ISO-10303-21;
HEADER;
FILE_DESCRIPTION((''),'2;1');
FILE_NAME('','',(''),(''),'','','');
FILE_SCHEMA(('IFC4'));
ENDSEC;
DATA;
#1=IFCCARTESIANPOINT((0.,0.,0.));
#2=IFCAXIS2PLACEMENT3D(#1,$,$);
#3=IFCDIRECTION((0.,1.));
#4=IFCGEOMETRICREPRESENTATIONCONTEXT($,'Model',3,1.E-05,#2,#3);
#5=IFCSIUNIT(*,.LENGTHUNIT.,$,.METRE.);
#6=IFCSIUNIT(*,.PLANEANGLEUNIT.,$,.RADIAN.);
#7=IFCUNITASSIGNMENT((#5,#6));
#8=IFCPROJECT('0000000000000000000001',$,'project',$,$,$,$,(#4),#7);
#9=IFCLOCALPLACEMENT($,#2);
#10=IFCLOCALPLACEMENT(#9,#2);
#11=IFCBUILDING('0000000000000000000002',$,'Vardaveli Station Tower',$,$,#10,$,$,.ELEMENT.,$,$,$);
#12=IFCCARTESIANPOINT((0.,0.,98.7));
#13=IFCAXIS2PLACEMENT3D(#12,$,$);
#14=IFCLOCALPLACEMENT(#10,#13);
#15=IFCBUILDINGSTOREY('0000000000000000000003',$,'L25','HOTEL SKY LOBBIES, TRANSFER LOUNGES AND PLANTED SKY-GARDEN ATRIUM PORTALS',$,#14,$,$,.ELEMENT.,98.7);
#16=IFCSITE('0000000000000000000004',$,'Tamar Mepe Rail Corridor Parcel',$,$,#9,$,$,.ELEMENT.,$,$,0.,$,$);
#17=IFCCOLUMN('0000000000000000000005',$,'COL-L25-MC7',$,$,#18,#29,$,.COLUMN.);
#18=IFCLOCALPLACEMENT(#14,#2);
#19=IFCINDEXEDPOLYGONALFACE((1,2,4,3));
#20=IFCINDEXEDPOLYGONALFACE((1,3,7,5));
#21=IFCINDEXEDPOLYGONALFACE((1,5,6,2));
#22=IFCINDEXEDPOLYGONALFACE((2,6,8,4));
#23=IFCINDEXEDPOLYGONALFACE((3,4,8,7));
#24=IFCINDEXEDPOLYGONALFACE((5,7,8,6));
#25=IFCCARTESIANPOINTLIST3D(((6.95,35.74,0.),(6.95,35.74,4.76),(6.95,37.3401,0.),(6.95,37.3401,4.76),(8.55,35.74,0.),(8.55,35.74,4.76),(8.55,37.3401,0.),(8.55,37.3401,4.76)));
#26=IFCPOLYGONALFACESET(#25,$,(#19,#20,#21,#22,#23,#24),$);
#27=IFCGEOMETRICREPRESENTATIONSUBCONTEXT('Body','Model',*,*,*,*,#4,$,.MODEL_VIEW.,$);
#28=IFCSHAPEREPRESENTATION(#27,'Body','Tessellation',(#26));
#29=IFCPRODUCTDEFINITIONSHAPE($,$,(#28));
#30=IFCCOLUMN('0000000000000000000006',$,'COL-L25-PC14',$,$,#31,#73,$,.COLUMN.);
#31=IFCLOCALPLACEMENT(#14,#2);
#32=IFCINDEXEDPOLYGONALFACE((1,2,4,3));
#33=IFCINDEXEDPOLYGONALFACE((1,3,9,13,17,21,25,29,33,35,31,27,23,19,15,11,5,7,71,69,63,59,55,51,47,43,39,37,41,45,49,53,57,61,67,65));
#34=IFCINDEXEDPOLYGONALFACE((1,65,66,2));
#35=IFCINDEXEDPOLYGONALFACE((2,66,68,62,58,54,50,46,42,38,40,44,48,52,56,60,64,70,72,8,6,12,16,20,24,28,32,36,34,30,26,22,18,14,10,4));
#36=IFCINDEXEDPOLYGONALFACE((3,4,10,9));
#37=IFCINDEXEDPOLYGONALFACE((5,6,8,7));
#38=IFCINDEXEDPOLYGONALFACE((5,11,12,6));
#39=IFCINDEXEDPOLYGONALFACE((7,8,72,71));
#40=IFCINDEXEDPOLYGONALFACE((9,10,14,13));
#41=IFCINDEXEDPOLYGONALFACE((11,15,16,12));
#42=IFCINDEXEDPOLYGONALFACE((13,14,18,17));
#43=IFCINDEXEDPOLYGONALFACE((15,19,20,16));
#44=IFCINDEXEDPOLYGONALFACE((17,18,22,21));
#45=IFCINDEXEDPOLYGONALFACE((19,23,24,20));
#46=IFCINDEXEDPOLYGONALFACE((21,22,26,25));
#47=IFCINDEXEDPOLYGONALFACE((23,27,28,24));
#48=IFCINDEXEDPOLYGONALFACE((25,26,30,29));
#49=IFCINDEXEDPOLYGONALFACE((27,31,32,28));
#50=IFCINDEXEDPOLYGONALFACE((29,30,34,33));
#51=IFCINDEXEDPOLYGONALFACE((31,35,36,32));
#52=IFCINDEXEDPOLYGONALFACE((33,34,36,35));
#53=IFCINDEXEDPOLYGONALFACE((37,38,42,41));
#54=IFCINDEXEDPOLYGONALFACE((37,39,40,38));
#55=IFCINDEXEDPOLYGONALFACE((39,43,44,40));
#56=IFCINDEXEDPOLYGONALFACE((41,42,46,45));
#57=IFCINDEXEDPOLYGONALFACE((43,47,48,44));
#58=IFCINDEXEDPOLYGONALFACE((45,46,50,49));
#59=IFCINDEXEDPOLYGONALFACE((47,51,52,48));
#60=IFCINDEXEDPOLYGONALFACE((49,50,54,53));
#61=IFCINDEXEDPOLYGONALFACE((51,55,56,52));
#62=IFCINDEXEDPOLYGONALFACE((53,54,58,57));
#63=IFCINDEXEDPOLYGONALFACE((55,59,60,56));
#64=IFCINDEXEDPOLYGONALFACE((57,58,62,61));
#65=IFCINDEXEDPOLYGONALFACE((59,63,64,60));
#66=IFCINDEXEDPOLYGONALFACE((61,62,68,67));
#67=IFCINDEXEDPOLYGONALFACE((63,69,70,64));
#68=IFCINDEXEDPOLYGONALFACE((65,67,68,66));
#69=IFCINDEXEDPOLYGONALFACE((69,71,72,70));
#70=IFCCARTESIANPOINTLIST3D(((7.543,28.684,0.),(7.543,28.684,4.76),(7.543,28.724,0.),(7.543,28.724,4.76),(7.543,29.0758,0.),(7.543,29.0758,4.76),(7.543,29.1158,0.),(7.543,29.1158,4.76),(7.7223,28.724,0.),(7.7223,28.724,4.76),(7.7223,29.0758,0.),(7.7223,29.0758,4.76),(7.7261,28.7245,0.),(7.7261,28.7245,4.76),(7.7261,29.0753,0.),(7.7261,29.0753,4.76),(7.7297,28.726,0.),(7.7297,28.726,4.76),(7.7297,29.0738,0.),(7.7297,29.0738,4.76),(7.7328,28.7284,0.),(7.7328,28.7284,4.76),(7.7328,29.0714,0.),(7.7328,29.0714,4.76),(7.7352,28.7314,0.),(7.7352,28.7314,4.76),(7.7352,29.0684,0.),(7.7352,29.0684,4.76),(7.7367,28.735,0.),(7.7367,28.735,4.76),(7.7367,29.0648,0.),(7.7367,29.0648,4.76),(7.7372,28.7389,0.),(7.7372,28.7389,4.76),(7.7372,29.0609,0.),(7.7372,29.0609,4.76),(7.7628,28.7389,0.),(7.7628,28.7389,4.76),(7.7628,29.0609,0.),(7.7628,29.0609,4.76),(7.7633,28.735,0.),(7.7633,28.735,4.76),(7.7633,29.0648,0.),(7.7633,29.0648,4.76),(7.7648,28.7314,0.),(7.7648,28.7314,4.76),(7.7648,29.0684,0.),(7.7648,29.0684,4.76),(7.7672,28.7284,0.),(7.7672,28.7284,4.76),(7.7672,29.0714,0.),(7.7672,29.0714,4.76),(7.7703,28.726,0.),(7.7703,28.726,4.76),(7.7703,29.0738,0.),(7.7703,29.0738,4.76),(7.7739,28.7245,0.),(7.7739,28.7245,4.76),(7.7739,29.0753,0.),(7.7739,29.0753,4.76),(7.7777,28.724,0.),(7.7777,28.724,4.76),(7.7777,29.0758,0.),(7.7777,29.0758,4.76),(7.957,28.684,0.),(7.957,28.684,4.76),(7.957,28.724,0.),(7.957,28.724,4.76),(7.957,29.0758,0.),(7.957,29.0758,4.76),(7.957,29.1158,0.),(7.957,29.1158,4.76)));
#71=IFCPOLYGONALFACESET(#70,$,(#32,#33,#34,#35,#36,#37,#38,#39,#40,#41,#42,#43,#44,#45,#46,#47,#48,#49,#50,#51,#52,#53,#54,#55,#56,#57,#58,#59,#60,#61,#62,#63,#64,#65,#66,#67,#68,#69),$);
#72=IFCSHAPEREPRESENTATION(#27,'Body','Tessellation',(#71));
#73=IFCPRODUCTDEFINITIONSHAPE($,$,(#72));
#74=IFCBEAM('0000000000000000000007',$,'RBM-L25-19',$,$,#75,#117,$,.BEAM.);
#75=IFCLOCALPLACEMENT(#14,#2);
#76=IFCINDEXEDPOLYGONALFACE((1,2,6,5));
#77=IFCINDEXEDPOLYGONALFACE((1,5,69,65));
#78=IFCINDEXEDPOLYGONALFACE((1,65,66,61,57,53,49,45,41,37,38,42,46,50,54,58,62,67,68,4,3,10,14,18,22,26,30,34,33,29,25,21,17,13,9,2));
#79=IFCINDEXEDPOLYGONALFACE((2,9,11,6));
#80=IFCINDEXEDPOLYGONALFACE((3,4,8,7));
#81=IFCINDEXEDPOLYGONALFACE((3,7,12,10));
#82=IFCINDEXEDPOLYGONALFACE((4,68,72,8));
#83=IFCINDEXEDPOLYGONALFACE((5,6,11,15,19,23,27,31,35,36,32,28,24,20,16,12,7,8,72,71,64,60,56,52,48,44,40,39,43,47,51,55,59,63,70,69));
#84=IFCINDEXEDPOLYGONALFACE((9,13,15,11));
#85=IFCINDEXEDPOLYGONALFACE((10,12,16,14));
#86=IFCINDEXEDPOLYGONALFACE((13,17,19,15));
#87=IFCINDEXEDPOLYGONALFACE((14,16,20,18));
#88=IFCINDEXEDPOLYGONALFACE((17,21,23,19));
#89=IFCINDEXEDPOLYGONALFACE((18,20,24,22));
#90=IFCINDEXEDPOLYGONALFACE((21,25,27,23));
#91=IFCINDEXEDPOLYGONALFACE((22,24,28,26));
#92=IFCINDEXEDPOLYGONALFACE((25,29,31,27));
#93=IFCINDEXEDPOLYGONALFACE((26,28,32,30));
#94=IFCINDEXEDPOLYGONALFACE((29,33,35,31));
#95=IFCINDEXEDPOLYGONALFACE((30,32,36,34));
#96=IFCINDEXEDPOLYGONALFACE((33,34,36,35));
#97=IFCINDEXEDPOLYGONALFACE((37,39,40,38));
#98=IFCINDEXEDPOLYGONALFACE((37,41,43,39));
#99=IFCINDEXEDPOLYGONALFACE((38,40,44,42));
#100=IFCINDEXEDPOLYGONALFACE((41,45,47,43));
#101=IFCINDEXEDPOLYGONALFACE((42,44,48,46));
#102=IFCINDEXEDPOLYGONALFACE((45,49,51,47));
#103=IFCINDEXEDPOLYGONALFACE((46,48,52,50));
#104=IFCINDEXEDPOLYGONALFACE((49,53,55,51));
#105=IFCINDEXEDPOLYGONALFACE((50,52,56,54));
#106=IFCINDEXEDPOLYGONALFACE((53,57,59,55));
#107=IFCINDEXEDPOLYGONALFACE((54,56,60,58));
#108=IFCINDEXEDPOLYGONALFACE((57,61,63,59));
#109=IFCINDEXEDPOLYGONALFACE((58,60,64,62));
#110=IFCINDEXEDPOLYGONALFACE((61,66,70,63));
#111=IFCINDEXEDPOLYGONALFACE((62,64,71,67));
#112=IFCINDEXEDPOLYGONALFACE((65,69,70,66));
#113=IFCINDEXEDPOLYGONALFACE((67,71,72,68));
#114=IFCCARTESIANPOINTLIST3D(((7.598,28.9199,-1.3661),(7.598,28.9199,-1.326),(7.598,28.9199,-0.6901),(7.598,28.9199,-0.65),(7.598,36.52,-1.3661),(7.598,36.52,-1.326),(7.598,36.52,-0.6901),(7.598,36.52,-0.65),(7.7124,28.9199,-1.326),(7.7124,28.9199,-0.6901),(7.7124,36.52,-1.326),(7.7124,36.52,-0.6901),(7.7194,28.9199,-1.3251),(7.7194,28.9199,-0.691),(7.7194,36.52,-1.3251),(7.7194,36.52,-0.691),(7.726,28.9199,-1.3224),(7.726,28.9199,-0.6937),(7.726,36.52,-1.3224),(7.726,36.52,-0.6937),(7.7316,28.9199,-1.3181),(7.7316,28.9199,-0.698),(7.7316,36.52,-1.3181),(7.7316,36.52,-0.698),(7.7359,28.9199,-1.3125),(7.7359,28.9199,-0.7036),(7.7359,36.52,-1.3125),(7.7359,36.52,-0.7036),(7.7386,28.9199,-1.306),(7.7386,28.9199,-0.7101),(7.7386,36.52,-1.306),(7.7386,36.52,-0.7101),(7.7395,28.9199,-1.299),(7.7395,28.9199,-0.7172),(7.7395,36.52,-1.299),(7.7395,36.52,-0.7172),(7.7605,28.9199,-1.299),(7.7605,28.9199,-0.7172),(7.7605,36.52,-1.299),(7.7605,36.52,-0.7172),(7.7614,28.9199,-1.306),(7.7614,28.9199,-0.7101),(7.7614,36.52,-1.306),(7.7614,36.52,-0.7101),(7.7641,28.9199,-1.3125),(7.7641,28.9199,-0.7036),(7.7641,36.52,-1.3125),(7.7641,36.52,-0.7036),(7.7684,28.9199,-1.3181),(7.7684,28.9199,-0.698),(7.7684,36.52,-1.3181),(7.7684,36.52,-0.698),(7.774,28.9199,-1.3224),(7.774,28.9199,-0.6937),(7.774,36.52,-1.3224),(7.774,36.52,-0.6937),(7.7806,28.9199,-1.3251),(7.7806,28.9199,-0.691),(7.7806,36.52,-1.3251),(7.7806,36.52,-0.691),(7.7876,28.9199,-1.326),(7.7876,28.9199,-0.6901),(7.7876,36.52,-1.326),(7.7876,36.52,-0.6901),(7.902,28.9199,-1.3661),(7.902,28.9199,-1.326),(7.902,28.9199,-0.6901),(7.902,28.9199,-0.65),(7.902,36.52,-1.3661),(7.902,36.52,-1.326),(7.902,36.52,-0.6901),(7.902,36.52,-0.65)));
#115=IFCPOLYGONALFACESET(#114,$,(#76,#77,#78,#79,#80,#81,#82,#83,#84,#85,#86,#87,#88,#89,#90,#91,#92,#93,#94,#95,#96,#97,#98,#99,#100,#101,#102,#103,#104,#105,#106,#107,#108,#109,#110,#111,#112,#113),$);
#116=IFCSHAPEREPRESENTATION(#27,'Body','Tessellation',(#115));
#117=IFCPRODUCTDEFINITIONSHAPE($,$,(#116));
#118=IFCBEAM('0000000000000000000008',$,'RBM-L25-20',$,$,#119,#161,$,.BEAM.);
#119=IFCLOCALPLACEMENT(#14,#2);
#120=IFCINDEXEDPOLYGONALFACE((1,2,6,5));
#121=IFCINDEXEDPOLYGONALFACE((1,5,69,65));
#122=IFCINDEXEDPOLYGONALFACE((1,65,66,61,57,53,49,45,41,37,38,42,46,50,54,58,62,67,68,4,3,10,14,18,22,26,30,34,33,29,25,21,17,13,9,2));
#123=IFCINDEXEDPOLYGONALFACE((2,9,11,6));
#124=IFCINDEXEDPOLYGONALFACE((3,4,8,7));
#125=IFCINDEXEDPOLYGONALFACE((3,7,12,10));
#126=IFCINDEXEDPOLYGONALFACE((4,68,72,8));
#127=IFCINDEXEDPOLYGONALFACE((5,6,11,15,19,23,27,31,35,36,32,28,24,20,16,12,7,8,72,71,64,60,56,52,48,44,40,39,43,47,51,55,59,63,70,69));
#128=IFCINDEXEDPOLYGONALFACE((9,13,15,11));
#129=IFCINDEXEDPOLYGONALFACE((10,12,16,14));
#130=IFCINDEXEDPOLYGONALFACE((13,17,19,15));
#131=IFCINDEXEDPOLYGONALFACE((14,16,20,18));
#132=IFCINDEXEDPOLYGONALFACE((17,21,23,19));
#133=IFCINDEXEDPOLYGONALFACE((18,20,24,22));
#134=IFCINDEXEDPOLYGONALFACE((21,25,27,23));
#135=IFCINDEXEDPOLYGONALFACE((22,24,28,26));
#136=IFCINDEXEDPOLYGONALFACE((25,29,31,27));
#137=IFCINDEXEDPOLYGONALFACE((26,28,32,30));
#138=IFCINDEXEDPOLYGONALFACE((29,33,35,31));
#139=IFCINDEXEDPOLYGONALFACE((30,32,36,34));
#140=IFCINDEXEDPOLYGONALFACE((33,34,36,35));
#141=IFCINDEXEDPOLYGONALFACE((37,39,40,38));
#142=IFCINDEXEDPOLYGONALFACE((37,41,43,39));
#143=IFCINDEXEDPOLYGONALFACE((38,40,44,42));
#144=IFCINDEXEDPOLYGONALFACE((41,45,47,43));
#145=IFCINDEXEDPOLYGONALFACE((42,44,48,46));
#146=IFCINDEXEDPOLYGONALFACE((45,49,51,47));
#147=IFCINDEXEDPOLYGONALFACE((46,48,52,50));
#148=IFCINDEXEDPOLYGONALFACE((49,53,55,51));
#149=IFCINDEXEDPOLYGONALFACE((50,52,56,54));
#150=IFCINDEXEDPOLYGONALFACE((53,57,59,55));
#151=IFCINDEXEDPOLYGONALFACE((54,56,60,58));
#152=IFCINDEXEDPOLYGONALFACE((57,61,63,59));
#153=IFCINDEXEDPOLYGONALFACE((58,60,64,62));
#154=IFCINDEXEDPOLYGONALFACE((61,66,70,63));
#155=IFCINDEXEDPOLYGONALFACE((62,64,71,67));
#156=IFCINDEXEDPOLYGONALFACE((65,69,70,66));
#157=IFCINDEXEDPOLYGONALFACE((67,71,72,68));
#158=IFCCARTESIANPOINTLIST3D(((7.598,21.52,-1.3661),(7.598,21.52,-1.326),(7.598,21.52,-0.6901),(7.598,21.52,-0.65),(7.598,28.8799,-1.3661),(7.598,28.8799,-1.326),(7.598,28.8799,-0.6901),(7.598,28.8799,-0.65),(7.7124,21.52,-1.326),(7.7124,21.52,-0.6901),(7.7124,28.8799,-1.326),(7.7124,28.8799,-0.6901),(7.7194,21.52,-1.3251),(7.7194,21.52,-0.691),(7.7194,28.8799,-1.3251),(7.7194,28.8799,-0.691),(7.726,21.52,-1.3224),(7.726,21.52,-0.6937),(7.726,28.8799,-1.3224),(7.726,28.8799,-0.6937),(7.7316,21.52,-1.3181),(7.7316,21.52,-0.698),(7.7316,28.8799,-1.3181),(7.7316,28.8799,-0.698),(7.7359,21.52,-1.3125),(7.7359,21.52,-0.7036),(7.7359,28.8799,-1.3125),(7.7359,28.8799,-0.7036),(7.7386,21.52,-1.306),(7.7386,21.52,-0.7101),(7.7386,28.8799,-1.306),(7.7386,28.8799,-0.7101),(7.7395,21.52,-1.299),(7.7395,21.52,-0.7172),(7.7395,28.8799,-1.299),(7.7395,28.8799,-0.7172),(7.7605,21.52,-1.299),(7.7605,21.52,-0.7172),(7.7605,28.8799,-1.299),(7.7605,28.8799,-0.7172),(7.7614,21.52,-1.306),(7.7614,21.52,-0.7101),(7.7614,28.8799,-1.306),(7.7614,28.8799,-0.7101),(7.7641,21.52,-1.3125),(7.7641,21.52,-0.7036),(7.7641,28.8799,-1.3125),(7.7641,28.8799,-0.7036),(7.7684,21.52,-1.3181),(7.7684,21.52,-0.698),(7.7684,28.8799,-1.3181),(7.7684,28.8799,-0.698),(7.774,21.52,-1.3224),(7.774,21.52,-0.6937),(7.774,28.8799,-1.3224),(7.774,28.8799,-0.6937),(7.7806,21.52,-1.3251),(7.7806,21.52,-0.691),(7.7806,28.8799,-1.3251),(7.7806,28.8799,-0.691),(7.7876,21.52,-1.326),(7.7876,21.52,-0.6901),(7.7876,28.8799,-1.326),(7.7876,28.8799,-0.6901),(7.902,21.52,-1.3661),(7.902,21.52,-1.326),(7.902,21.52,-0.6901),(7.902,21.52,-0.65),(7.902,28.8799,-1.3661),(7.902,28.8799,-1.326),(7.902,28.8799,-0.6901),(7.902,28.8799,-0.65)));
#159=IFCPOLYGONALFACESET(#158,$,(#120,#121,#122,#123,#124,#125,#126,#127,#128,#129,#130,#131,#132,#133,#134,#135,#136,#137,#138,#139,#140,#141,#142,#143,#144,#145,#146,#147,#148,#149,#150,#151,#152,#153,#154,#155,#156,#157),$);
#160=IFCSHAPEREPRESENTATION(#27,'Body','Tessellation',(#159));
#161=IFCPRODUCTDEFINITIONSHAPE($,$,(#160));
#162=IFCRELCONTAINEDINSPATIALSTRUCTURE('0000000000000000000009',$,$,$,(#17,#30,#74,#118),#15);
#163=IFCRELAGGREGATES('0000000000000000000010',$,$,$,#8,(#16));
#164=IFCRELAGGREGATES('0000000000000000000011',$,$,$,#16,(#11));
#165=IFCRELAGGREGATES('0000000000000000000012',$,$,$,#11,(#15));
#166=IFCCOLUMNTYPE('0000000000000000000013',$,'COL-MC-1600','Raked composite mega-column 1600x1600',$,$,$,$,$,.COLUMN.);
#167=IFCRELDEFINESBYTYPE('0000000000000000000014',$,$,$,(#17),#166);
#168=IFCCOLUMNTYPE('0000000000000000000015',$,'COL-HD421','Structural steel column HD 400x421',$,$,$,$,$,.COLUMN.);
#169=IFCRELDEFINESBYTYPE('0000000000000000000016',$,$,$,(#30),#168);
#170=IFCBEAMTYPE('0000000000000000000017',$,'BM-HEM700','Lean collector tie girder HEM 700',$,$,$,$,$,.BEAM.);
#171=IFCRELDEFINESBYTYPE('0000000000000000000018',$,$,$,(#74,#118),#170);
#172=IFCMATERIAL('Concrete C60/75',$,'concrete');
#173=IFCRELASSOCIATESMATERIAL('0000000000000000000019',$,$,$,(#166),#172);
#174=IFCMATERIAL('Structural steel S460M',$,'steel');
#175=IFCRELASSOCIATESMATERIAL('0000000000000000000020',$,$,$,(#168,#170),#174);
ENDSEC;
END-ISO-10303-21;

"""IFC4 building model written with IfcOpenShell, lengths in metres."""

from ifc_helpers import new_model, si_unit, direction, frame, origin, origin_2d, place, context, subcontext, project, spatial, rectangle, i_section, extrude, source, transform, mapped, material, material_profile, profile_set, type_object, element, save


model = new_model("IFC4")

# Units and contexts
model_context = context("Model", 3, precision=1e-05, world=origin(), true_north=direction((0.0, 1.0)))
body_context = subcontext(model_context, "Body", "Model", "MODEL_VIEW")
ifc_project = project(units=[si_unit("LENGTHUNIT", "METRE"), si_unit("PLANEANGLEUNIT", "RADIAN")], contexts=[model_context])

# Site, building, storey
site_placement = place(None, origin())
site = spatial("IfcSite", under=ifc_project, at=site_placement, Name="Tamar Mepe Rail Corridor Parcel", CompositionType="ELEMENT", RefElevation=0.0)
building_placement = place(site_placement, origin())
building = spatial("IfcBuilding", under=site, at=building_placement, Name="Vardaveli Station Tower", CompositionType="ELEMENT")
storey_placement = place(building_placement, frame((0.0, 0.0, 98.7)))
storey = spatial("IfcBuildingStorey", under=building, at=storey_placement, Name="L25", Description="HOTEL SKY LOBBIES, TRANSFER LOUNGES AND PLANTED SKY-GARDEN ATRIUM PORTALS", CompositionType="ELEMENT", Elevation=98.7)

# Columns
ifc_material_1 = material(Name="Concrete C60/75", Category="concrete")
ifc_material_profile_1 = material_profile(ifc_material_1, rectangle(XDim=1.6001, YDim=1.6001, at=origin_2d()), Name="MC 1600x1600")
ifc_profile_set_1 = profile_set([ifc_material_profile_1], Name="Concrete C60/75")
column_type_1 = type_object("IfcColumnType", Name="COL-MC-1600", Description="Raked composite mega-column 1600x1600", PredefinedType="COLUMN", material=ifc_profile_set_1)
shared_shape_1 = source(origin(), body_context, "Body", "SweptSolid", [
    extrude(rectangle(XDim=1.6001, YDim=1.6001, at=origin_2d()), origin(), (0.0, 0.0, 1.0), 4.76),
])
column_1_placement = place(storey_placement, frame((7.75, 36.54, 0.0), z_axis=(0.0, 0.0, 1.0), x_axis=(1.0, 0.0, 0.0)))
element("IfcColumn", 1, at=column_1_placement, inside=storey, type_object=column_type_1, Name="COL-L25-MC7", PredefinedType="COLUMN", context=body_context, shape_type="MappedRepresentation", body=[
    mapped(shared_shape_1, transform((0.0, 0.0, 0.0), scale=1.0)),
])
ifc_material_2 = material(Name="Structural steel S460M", Category="steel")
ifc_material_profile_2 = material_profile(ifc_material_2, i_section(OverallWidth=0.4141, OverallDepth=0.4319, WebThickness=0.0256, FlangeThickness=0.04, FilletRadius=0.0149, at=origin_2d()), Name="HD 400x421")
ifc_profile_set_2 = profile_set([ifc_material_profile_2], Name="Structural steel S460M")
column_type_2 = type_object("IfcColumnType", Name="COL-HD421", Description="Structural steel column HD 400x421", PredefinedType="COLUMN", material=ifc_profile_set_2)
shared_shape_2 = source(origin(), body_context, "Body", "SweptSolid", [
    extrude(i_section(OverallWidth=0.4141, OverallDepth=0.4319, WebThickness=0.0256, FlangeThickness=0.04, FilletRadius=0.0149, at=origin_2d()), origin(), (0.0, 0.0, 1.0), 4.76),
])
column_2_placement = place(storey_placement, frame((7.75, 28.8999, 0.0), z_axis=(0.0, 0.0, 1.0), x_axis=(1.0, 0.0, 0.0)))
element("IfcColumn", 2, at=column_2_placement, inside=storey, type_object=column_type_2, Name="COL-L25-PC14", PredefinedType="COLUMN", context=body_context, shape_type="MappedRepresentation", body=[
    mapped(shared_shape_2, transform((0.0, 0.0, 0.0), scale=1.0)),
])

# Beams
ifc_material_profile_3 = material_profile(ifc_material_2, i_section(OverallWidth=0.304, OverallDepth=0.7161, WebThickness=0.021, FlangeThickness=0.04, FilletRadius=0.0271, at=origin_2d()), Name="HEM 700")
ifc_profile_set_3 = profile_set([ifc_material_profile_3], Name="Structural steel S460M")
beam_type_1 = type_object("IfcBeamType", Name="BM-HEM700", Description="Lean collector tie girder HEM 700", PredefinedType="BEAM", material=ifc_profile_set_3)
shared_shape_3 = source(origin(), body_context, "Body", "SweptSolid", [
    extrude(i_section(OverallWidth=0.304, OverallDepth=0.7161, WebThickness=0.021, FlangeThickness=0.04, FilletRadius=0.0271, at=origin_2d()), origin(), (0.0, 0.0, 1.0), 7.6001),
])
beam_1_placement = place(storey_placement, frame((7.75, 36.52, -1.0081), z_axis=(0.0, -1.0, 0.0), x_axis=(1.0, 0.0, 0.0)))
element("IfcBeam", 3, at=beam_1_placement, inside=storey, type_object=beam_type_1, Name="RBM-L25-19", PredefinedType="BEAM", context=body_context, shape_type="MappedRepresentation", body=[
    mapped(shared_shape_3, transform((0.0, 0.0, 0.0), scale=1.0)),
])
shared_shape_4 = source(origin(), body_context, "Body", "SweptSolid", [
    extrude(i_section(OverallWidth=0.304, OverallDepth=0.7161, WebThickness=0.021, FlangeThickness=0.04, FilletRadius=0.0271, at=origin_2d()), origin(), (0.0, 0.0, 1.0), 7.3599),
])
beam_2_placement = place(storey_placement, frame((7.75, 28.8799, -1.0081), z_axis=(0.0, -1.0, 0.0), x_axis=(1.0, 0.0, 0.0)))
element("IfcBeam", 4, at=beam_2_placement, inside=storey, type_object=beam_type_1, Name="RBM-L25-20", PredefinedType="BEAM", context=body_context, shape_type="MappedRepresentation", body=[
    mapped(shared_shape_4, transform((0.0, 0.0, 0.0), scale=1.0)),
])

save(model, "model.ifc")
